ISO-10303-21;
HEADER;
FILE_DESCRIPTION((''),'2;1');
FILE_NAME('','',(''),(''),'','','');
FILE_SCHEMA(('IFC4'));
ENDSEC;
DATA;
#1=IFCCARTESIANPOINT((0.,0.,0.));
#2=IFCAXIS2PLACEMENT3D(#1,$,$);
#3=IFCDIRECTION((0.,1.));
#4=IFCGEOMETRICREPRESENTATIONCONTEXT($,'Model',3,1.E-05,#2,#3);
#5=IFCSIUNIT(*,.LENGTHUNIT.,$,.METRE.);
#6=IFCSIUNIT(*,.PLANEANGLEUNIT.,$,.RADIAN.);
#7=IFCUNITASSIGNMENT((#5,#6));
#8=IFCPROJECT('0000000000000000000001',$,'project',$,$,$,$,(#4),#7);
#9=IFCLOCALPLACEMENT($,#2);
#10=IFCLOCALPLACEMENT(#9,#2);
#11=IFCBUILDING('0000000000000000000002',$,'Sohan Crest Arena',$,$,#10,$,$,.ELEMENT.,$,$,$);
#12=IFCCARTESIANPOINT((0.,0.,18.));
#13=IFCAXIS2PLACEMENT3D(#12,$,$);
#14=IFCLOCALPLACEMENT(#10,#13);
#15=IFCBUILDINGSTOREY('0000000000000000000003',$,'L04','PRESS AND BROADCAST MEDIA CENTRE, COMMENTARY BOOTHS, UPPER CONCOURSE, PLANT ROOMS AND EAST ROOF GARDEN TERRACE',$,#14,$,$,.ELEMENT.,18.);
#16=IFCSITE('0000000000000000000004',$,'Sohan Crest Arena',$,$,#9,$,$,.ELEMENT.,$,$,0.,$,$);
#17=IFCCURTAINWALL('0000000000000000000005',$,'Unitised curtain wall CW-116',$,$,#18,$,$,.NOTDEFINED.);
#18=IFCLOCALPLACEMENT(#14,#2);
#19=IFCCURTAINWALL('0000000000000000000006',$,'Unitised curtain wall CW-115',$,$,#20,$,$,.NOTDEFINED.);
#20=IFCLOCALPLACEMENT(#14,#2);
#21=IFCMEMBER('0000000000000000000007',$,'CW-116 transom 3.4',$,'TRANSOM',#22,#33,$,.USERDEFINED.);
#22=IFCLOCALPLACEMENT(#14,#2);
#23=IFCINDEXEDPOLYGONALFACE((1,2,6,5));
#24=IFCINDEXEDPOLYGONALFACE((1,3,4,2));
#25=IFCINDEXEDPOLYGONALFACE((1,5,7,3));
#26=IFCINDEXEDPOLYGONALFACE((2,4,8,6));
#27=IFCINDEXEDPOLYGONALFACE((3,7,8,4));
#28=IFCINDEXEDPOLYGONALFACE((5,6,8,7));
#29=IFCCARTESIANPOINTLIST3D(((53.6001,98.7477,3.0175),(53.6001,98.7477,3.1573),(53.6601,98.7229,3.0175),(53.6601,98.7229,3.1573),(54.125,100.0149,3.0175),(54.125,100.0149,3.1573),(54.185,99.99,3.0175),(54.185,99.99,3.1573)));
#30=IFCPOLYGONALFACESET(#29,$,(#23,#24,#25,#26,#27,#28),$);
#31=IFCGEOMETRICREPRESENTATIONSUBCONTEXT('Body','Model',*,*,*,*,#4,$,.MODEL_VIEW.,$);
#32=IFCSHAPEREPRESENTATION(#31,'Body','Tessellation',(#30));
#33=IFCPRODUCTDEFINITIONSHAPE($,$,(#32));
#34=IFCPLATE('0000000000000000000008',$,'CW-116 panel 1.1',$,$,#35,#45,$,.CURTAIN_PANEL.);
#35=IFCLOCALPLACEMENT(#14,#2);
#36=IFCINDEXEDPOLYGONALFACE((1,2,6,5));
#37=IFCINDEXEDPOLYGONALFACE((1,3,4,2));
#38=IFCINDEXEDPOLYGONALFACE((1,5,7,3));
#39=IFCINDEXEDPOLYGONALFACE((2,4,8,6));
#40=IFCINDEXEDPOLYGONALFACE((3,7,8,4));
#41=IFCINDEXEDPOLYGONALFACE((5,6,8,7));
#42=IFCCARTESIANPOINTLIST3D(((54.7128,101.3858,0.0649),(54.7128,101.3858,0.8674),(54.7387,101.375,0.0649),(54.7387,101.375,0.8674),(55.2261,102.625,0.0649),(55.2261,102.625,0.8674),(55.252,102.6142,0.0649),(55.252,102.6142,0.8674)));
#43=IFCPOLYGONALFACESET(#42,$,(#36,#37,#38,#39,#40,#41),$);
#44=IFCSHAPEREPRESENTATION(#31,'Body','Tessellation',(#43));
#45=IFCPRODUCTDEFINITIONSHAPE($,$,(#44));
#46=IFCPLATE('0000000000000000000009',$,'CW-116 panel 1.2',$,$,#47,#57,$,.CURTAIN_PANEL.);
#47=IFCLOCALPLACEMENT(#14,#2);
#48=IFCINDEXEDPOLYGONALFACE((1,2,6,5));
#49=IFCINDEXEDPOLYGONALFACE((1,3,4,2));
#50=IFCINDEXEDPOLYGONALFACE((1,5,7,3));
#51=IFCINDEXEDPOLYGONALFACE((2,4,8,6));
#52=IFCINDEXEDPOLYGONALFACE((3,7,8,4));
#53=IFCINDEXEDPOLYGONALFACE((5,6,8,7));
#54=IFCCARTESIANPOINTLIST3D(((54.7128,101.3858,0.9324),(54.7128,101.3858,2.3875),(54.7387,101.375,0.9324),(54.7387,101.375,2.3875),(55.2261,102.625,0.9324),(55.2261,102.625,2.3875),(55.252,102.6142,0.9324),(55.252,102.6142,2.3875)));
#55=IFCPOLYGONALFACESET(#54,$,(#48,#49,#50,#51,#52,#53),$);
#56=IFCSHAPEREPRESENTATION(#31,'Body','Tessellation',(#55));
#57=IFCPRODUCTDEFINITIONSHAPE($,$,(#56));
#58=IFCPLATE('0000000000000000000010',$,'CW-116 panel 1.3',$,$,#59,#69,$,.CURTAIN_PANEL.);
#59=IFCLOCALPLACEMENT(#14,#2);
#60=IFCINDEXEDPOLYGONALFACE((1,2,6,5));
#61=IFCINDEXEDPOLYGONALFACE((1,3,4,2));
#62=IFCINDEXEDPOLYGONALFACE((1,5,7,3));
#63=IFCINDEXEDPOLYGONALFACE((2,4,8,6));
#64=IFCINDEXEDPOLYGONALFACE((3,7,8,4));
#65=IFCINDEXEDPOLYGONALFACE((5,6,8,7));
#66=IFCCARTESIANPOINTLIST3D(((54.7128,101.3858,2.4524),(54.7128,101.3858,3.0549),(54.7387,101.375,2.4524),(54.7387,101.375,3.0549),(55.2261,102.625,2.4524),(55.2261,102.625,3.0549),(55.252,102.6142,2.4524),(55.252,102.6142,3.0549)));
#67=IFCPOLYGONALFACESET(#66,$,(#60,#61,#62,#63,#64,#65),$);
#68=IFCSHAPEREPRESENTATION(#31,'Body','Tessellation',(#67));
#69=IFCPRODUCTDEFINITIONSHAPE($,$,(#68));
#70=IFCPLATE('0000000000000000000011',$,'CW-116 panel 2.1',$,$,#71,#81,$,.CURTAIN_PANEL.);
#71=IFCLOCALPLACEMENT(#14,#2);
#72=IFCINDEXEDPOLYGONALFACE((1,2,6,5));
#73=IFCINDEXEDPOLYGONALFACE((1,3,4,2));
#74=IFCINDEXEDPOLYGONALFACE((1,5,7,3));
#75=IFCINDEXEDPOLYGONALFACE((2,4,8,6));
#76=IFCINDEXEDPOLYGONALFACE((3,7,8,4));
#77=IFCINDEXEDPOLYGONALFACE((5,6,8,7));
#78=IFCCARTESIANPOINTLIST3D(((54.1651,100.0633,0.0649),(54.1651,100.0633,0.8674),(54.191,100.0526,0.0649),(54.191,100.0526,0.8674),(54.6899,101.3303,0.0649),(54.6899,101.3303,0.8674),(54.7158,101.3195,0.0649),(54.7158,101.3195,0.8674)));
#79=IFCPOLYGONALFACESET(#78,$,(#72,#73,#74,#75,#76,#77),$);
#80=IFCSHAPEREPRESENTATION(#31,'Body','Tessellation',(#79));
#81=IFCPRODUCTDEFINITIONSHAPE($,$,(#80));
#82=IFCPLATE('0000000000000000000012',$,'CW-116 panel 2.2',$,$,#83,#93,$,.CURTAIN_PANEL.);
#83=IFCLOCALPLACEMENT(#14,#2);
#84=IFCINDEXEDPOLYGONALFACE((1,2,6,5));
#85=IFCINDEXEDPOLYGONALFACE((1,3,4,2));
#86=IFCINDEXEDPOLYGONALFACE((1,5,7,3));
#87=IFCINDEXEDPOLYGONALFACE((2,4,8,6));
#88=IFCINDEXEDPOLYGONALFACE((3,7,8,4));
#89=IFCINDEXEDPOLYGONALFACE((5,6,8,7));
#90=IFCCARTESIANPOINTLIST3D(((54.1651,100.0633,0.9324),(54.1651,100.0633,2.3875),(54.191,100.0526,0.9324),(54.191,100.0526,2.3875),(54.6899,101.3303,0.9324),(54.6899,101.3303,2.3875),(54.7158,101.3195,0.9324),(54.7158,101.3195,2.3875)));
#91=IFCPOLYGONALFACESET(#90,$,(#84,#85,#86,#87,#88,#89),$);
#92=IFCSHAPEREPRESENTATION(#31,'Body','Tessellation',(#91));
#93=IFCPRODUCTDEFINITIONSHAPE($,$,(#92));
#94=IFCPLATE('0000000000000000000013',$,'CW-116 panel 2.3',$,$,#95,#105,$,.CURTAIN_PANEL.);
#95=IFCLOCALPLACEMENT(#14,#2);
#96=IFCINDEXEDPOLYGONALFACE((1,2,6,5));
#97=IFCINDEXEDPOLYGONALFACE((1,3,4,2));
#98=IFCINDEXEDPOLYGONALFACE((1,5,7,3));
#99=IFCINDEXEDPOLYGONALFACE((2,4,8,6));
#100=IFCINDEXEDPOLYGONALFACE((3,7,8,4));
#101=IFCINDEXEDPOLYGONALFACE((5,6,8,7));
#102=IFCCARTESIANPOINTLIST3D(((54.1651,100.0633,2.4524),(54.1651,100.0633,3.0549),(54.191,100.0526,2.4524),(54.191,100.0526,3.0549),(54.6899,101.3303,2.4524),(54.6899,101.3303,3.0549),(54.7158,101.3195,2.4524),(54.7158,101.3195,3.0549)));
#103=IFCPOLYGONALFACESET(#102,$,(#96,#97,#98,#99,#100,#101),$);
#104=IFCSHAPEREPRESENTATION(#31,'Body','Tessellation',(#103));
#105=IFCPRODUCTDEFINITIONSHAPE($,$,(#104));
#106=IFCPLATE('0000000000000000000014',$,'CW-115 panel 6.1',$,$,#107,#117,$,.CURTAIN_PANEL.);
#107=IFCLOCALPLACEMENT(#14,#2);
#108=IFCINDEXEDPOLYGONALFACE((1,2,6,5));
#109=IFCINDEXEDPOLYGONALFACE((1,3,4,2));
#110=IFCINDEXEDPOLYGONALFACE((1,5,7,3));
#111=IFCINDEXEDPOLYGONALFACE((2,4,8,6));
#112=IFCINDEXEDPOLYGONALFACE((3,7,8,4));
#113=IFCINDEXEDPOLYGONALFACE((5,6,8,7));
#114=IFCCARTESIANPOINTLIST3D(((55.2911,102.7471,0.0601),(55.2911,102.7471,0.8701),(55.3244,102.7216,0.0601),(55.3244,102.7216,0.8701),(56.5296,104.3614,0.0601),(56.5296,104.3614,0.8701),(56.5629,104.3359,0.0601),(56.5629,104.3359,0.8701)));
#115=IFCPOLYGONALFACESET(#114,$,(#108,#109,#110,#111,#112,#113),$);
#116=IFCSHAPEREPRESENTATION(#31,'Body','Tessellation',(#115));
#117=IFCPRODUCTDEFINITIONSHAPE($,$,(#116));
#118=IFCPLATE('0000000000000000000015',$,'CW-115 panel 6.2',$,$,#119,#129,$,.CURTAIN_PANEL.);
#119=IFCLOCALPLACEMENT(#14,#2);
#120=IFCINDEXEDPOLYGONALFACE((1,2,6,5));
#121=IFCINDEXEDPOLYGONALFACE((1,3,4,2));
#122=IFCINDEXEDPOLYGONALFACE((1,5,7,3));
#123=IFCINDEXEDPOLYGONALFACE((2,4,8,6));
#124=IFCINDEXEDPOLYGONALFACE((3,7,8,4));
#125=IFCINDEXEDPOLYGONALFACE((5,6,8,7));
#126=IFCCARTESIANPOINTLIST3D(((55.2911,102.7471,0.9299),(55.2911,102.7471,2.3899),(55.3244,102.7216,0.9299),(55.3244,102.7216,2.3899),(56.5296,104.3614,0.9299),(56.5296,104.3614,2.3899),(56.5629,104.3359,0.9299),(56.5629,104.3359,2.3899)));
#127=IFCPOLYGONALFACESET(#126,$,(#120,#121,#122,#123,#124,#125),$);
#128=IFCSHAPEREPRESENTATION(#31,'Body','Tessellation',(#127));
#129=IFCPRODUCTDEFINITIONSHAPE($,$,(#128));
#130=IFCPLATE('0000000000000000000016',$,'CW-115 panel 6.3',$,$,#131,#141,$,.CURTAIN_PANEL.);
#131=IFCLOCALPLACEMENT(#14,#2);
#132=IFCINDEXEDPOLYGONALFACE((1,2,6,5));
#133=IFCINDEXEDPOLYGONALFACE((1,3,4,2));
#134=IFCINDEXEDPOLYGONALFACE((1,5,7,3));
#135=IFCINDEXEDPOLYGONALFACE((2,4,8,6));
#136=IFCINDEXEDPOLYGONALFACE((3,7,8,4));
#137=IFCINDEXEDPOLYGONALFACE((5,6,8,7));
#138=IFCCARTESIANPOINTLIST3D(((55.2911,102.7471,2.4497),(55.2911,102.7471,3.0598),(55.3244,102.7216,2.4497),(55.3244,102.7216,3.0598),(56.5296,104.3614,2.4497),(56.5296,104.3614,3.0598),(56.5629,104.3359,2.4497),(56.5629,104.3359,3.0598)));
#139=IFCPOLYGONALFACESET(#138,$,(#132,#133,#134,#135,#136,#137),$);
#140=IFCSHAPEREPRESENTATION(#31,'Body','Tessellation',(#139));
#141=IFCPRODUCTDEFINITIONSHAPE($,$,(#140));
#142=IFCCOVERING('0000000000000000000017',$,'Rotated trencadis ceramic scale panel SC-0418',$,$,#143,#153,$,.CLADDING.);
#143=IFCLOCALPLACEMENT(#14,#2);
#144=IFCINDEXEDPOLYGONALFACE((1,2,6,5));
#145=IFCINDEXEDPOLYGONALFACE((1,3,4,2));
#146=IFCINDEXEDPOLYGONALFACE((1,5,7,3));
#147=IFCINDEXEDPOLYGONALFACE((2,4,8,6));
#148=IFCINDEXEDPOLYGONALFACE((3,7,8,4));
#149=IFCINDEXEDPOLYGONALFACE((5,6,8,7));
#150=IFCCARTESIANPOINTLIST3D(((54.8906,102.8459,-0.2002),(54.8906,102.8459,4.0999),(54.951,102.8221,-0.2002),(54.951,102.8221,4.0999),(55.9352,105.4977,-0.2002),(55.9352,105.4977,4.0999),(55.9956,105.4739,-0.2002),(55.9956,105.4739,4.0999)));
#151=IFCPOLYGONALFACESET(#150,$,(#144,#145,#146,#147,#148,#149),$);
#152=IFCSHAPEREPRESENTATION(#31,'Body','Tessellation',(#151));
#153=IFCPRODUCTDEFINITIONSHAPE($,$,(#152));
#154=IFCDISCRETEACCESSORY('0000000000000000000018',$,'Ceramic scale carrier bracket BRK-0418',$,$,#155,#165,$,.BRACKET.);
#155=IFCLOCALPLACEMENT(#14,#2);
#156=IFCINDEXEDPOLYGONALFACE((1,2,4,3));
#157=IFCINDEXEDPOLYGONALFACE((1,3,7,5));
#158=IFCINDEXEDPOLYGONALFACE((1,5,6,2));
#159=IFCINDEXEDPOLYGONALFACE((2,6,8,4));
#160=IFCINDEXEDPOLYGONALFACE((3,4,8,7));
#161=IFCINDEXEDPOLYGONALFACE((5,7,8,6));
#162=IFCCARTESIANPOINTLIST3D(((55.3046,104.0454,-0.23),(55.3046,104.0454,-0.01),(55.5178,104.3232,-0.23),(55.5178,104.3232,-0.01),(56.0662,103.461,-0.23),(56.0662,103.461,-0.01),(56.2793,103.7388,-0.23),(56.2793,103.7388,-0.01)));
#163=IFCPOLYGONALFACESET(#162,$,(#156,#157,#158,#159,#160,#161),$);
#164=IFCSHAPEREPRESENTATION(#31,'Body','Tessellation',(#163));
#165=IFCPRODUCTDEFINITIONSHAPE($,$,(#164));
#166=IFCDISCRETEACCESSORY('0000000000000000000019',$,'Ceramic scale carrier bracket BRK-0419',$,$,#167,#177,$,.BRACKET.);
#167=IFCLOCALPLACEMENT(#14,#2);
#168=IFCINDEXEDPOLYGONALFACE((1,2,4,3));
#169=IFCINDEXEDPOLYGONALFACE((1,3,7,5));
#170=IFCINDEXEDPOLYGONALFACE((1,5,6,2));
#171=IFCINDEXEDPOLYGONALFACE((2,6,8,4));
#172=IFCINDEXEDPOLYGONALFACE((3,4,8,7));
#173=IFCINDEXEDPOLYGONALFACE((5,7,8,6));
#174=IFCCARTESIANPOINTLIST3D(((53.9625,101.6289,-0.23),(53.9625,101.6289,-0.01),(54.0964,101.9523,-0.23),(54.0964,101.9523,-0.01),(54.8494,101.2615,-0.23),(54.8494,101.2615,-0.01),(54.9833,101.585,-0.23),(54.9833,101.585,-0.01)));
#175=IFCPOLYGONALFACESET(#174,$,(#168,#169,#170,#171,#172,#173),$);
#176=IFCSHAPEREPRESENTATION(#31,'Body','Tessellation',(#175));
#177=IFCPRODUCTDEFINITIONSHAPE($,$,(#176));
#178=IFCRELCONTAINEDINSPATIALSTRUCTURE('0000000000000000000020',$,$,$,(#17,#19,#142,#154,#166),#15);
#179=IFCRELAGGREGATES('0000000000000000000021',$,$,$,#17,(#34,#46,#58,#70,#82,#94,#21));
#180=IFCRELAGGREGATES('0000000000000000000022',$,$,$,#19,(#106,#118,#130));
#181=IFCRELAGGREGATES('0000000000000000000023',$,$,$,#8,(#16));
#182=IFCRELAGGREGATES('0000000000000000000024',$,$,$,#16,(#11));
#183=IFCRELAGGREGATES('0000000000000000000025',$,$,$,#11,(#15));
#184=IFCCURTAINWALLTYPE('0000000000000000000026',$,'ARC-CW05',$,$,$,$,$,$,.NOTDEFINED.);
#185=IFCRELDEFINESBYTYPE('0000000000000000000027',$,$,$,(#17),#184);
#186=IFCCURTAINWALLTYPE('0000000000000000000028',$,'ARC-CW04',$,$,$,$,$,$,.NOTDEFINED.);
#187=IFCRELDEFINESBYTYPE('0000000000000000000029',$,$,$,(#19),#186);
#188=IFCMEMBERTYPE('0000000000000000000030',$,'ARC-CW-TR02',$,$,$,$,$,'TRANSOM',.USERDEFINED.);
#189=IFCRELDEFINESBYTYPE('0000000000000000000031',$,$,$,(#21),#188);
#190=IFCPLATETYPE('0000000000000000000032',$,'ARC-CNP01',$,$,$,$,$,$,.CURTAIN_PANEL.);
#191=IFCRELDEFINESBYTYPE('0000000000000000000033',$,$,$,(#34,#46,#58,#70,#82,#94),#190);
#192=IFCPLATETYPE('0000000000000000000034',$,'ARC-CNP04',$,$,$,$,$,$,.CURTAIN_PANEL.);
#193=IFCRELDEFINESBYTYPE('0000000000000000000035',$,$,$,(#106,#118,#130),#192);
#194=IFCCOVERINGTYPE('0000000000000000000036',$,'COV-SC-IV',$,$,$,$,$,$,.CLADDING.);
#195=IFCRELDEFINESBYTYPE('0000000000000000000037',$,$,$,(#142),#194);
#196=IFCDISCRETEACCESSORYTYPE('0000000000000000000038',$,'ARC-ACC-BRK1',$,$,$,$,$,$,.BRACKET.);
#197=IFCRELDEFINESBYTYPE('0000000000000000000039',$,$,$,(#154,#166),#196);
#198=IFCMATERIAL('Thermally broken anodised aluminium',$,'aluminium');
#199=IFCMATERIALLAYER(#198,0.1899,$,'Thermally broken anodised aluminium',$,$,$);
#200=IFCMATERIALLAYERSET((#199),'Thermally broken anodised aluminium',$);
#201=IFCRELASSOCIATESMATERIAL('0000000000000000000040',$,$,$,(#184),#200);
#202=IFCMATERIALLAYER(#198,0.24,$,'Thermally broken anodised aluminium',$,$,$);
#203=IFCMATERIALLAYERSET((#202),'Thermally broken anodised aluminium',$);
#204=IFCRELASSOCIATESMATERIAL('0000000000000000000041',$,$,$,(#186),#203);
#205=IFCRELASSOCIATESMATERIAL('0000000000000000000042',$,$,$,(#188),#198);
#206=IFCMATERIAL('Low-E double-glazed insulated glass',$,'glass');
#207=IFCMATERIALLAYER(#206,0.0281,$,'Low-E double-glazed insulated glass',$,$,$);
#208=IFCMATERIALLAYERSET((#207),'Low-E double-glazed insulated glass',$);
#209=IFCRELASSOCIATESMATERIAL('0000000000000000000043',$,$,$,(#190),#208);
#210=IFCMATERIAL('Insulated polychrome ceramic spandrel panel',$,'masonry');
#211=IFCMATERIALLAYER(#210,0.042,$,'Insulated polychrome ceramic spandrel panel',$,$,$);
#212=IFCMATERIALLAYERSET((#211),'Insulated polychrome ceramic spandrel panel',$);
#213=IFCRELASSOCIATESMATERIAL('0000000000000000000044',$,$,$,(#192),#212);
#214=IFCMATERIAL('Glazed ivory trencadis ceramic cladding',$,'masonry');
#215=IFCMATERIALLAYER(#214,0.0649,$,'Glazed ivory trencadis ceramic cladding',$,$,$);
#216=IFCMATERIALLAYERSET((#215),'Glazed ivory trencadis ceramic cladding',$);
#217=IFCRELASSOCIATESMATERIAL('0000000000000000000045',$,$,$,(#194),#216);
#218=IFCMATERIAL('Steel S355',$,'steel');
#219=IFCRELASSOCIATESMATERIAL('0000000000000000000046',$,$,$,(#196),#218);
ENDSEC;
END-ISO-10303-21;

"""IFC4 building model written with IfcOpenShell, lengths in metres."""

from ifc_helpers import new_model, si_unit, direction, frame, origin, origin_2d, place, context, subcontext, project, spatial, rectangle, extrude, material, layer, layer_set, material_profile, profile_set, type_object, element, aggregate, save


model = new_model("IFC4")

# Units and contexts
model_context = context("Model", 3, precision=1e-05, world=origin(), true_north=direction((0.0, 1.0)))
body_context = subcontext(model_context, "Body", "Model", "MODEL_VIEW")
ifc_project = project(units=[si_unit("LENGTHUNIT", "METRE"), si_unit("PLANEANGLEUNIT", "RADIAN")], contexts=[model_context])

# Site, building, storey
site_placement = place(None, origin())
site = spatial("IfcSite", under=ifc_project, at=site_placement, Name="Sohan Crest Arena", CompositionType="ELEMENT", RefElevation=0.0)
building_placement = place(site_placement, origin())
building = spatial("IfcBuilding", under=site, at=building_placement, Name="Sohan Crest Arena", CompositionType="ELEMENT")
storey_placement = place(building_placement, frame((0.0, 0.0, 18.0)))
storey = spatial("IfcBuildingStorey", under=building, at=storey_placement, Name="L04", Description="PRESS AND BROADCAST MEDIA CENTRE, COMMENTARY BOOTHS, UPPER CONCOURSE, PLANT ROOMS AND EAST ROOF GARDEN TERRACE", CompositionType="ELEMENT", Elevation=18.0)

# Shared definitions
ifc_material_1 = material(Name="Steel S355", Category="steel")

# Curtain wall
ifc_material_2 = material(Name="Thermally broken anodised aluminium", Category="aluminium")
ifc_layer_1 = layer(ifc_material_2, 0.1899, Name="Thermally broken anodised aluminium")
ifc_layer_set_1 = layer_set([ifc_layer_1], Name="Thermally broken anodised aluminium")
curtain_wall_type_1 = type_object("IfcCurtainWallType", Name="ARC-CW05", PredefinedType="NOTDEFINED", material=ifc_layer_set_1)
curtain_wall_1_placement = place(storey_placement, origin())
curtain_wall_1 = element("IfcCurtainWall", 1, at=curtain_wall_1_placement, inside=storey, type_object=curtain_wall_type_1, Name="Unitised curtain wall CW-116", PredefinedType="NOTDEFINED")

# Curtain wall
ifc_layer_2 = layer(ifc_material_2, 0.24, Name="Thermally broken anodised aluminium")
ifc_layer_set_2 = layer_set([ifc_layer_2], Name="Thermally broken anodised aluminium")
curtain_wall_type_2 = type_object("IfcCurtainWallType", Name="ARC-CW04", PredefinedType="NOTDEFINED", material=ifc_layer_set_2)
curtain_wall_2_placement = place(storey_placement, origin())
curtain_wall_2 = element("IfcCurtainWall", 2, at=curtain_wall_2_placement, inside=storey, type_object=curtain_wall_type_2, Name="Unitised curtain wall CW-115", PredefinedType="NOTDEFINED")

# Member
ifc_material_profile_1 = material_profile(ifc_material_2, rectangle(XDim=0.0649, YDim=0.1399, at=origin_2d()), Name="ALU-TRAN 65x140")
ifc_profile_set_1 = profile_set([ifc_material_profile_1], Name="Thermally broken anodised aluminium")
member_type_1 = type_object("IfcMemberType", Name="ARC-CW-TR02", ElementType="TRANSOM", PredefinedType="USERDEFINED", material=ifc_profile_set_1)
member_1_placement = place(storey_placement, frame((54.155, 100.0024, 3.0874), z_axis=(-0.382719, -0.923865, 0.0), x_axis=(0.923865, -0.382719, 0.0)))
member_1 = element("IfcMember", 3, at=member_1_placement, type_object=member_type_1, Name="CW-116 transom 3.4", ObjectType="TRANSOM", PredefinedType="USERDEFINED", context=body_context, shape_type="SweptSolid", body=[
    extrude(rectangle(XDim=0.0649, YDim=0.1399, at=origin_2d()), origin(), (0.0, 0.0, 1.0), 1.3716),
])

# Plates
ifc_material_3 = material(Name="Low-E double-glazed insulated glass", Category="glass")
ifc_layer_3 = layer(ifc_material_3, 0.0281, Name="Low-E double-glazed insulated glass")
ifc_layer_set_3 = layer_set([ifc_layer_3], Name="Low-E double-glazed insulated glass")
plate_type_1 = type_object("IfcPlateType", Name="ARC-CNP01", PredefinedType="CURTAIN_PANEL", material=ifc_layer_set_3)
plate_1_placement = place(storey_placement, frame((54.9824, 102.0, 0.0649), z_axis=(0.0, 0.0, 1.0), x_axis=(-0.382685, -0.923879, 0.0)))
plate_1 = element("IfcPlate", 4, at=plate_1_placement, type_object=plate_type_1, Name="CW-116 panel 1.1", PredefinedType="CURTAIN_PANEL", context=body_context, shape_type="SweptSolid", body=[
    extrude(rectangle(XDim=1.3413, YDim=0.0281, at=origin_2d()), origin(), (0.0, 0.0, 1.0), 0.8025),
])
plate_2_placement = place(storey_placement, frame((54.9824, 102.0, 0.9324), z_axis=(0.0, 0.0, 1.0), x_axis=(-0.382685, -0.923879, 0.0)))
plate_2 = element("IfcPlate", 5, at=plate_2_placement, type_object=plate_type_1, Name="CW-116 panel 1.2", PredefinedType="CURTAIN_PANEL", context=body_context, shape_type="SweptSolid", body=[
    extrude(rectangle(XDim=1.3413, YDim=0.0281, at=origin_2d()), origin(), (0.0, 0.0, 1.0), 1.4551),
])
plate_3_placement = place(storey_placement, frame((54.9824, 102.0, 2.4524), z_axis=(0.0, 0.0, 1.0), x_axis=(-0.382685, -0.923879, 0.0)))
plate_3 = element("IfcPlate", 6, at=plate_3_placement, type_object=plate_type_1, Name="CW-116 panel 1.3", PredefinedType="CURTAIN_PANEL", context=body_context, shape_type="SweptSolid", body=[
    extrude(rectangle(XDim=1.3413, YDim=0.0281, at=origin_2d()), origin(), (0.0, 0.0, 1.0), 0.6025),
])
plate_4_placement = place(storey_placement, frame((54.4404, 100.6914, 0.0649), z_axis=(0.0, 0.0, 1.0), x_axis=(-0.382685, -0.923879, 0.0)))
plate_4 = element("IfcPlate", 7, at=plate_4_placement, type_object=plate_type_1, Name="CW-116 panel 2.1", PredefinedType="CURTAIN_PANEL", context=body_context, shape_type="SweptSolid", body=[
    extrude(rectangle(XDim=1.3713, YDim=0.0281, at=origin_2d()), origin(), (0.0, 0.0, 1.0), 0.8025),
])
plate_5_placement = place(storey_placement, frame((54.4404, 100.6914, 0.9324), z_axis=(0.0, 0.0, 1.0), x_axis=(-0.382685, -0.923879, 0.0)))
plate_5 = element("IfcPlate", 8, at=plate_5_placement, type_object=plate_type_1, Name="CW-116 panel 2.2", PredefinedType="CURTAIN_PANEL", context=body_context, shape_type="SweptSolid", body=[
    extrude(rectangle(XDim=1.3713, YDim=0.0281, at=origin_2d()), origin(), (0.0, 0.0, 1.0), 1.4551),
])
plate_6_placement = place(storey_placement, frame((54.4404, 100.6914, 2.4524), z_axis=(0.0, 0.0, 1.0), x_axis=(-0.382685, -0.923879, 0.0)))
plate_6 = element("IfcPlate", 9, at=plate_6_placement, type_object=plate_type_1, Name="CW-116 panel 2.3", PredefinedType="CURTAIN_PANEL", context=body_context, shape_type="SweptSolid", body=[
    extrude(rectangle(XDim=1.3713, YDim=0.0281, at=origin_2d()), origin(), (0.0, 0.0, 1.0), 0.6025),
])
aggregate(curtain_wall_1, [plate_1, plate_2, plate_3, plate_4, plate_5, plate_6, member_1])
ifc_material_4 = material(Name="Insulated polychrome ceramic spandrel panel", Category="masonry")
ifc_layer_4 = layer(ifc_material_4, 0.042, Name="Insulated polychrome ceramic spandrel panel")
ifc_layer_set_4 = layer_set([ifc_layer_4], Name="Insulated polychrome ceramic spandrel panel")
plate_type_2 = type_object("IfcPlateType", Name="ARC-CNP04", PredefinedType="CURTAIN_PANEL", material=ifc_layer_set_4)
plate_7_placement = place(storey_placement, frame((55.927, 103.5415, 0.0601), z_axis=(0.0, 0.0, 1.0), x_axis=(-0.60872, -0.793385, 0.0)))
plate_7 = element("IfcPlate", 10, at=plate_7_placement, type_object=plate_type_2, Name="CW-115 panel 6.1", PredefinedType="CURTAIN_PANEL", context=body_context, shape_type="SweptSolid", body=[
    extrude(rectangle(XDim=2.0347, YDim=0.042, at=origin_2d()), origin(), (0.0, 0.0, 1.0), 0.8101),
])
plate_8_placement = place(storey_placement, frame((55.927, 103.5415, 0.9299), z_axis=(0.0, 0.0, 1.0), x_axis=(-0.60872, -0.793385, 0.0)))
plate_8 = element("IfcPlate", 11, at=plate_8_placement, type_object=plate_type_2, Name="CW-115 panel 6.2", PredefinedType="CURTAIN_PANEL", context=body_context, shape_type="SweptSolid", body=[
    extrude(rectangle(XDim=2.0347, YDim=0.042, at=origin_2d()), origin(), (0.0, 0.0, 1.0), 1.46),
])
plate_9_placement = place(storey_placement, frame((55.927, 103.5415, 2.4497), z_axis=(0.0, 0.0, 1.0), x_axis=(-0.60872, -0.793385, 0.0)))
plate_9 = element("IfcPlate", 12, at=plate_9_placement, type_object=plate_type_2, Name="CW-115 panel 6.3", PredefinedType="CURTAIN_PANEL", context=body_context, shape_type="SweptSolid", body=[
    extrude(rectangle(XDim=2.0347, YDim=0.042, at=origin_2d()), origin(), (0.0, 0.0, 1.0), 0.6101),
])
aggregate(curtain_wall_2, [plate_7, plate_8, plate_9])

# Covering
ifc_material_5 = material(Name="Glazed ivory trencadis ceramic cladding", Category="masonry")
ifc_layer_5 = layer(ifc_material_5, 0.0649, Name="Glazed ivory trencadis ceramic cladding")
ifc_layer_set_5 = layer_set([ifc_layer_5], Name="Glazed ivory trencadis ceramic cladding")
covering_type = type_object("IfcCoveringType", Name="COV-SC-IV", PredefinedType="CLADDING", material=ifc_layer_set_5)
covering_placement = place(storey_placement, frame((55.4431, 104.1599, -0.2002), z_axis=(0.0, 0.0, 1.0), x_axis=(-0.366501, -0.930418, 0.0)))
element("IfcCovering", 13, at=covering_placement, inside=storey, type_object=covering_type, Name="Rotated trencadis ceramic scale panel SC-0418", PredefinedType="CLADDING", context=body_context, shape_type="SweptSolid", body=[
    extrude(rectangle(XDim=2.8501, YDim=0.0649, at=origin_2d()), origin(), (0.0, 0.0, 1.0), 4.3),
])

# Discrete accessories
discrete_accessory_type = type_object("IfcDiscreteAccessoryType", Name="ARC-ACC-BRK1", PredefinedType="BRACKET", material=ifc_material_1)
for number, where, z_axis, x_axis, name in (
    (14, (55.792, 103.8921, -0.23), (0.0, 0.0, 1.0), (-0.608761, -0.793353, 0.0), "Ceramic scale carrier bracket BRK-0418"),
    (15, (54.4729, 101.6069, -0.23), (0.0, 0.0, 1.0), (-0.382683, -0.92388, 0.0), "Ceramic scale carrier bracket BRK-0419"),
):
    element("IfcDiscreteAccessory", number, at=place(storey_placement, frame(where, z_axis=z_axis, x_axis=x_axis)), inside=storey, type_object=discrete_accessory_type, Name=name, PredefinedType="BRACKET", context=body_context, shape_type="SweptSolid", body=[
        extrude(rectangle(XDim=0.3501, YDim=0.96, at=origin_2d()), origin(), (0.0, 0.0, 1.0), 0.22),
    ])

save(model, "model.ifc")
